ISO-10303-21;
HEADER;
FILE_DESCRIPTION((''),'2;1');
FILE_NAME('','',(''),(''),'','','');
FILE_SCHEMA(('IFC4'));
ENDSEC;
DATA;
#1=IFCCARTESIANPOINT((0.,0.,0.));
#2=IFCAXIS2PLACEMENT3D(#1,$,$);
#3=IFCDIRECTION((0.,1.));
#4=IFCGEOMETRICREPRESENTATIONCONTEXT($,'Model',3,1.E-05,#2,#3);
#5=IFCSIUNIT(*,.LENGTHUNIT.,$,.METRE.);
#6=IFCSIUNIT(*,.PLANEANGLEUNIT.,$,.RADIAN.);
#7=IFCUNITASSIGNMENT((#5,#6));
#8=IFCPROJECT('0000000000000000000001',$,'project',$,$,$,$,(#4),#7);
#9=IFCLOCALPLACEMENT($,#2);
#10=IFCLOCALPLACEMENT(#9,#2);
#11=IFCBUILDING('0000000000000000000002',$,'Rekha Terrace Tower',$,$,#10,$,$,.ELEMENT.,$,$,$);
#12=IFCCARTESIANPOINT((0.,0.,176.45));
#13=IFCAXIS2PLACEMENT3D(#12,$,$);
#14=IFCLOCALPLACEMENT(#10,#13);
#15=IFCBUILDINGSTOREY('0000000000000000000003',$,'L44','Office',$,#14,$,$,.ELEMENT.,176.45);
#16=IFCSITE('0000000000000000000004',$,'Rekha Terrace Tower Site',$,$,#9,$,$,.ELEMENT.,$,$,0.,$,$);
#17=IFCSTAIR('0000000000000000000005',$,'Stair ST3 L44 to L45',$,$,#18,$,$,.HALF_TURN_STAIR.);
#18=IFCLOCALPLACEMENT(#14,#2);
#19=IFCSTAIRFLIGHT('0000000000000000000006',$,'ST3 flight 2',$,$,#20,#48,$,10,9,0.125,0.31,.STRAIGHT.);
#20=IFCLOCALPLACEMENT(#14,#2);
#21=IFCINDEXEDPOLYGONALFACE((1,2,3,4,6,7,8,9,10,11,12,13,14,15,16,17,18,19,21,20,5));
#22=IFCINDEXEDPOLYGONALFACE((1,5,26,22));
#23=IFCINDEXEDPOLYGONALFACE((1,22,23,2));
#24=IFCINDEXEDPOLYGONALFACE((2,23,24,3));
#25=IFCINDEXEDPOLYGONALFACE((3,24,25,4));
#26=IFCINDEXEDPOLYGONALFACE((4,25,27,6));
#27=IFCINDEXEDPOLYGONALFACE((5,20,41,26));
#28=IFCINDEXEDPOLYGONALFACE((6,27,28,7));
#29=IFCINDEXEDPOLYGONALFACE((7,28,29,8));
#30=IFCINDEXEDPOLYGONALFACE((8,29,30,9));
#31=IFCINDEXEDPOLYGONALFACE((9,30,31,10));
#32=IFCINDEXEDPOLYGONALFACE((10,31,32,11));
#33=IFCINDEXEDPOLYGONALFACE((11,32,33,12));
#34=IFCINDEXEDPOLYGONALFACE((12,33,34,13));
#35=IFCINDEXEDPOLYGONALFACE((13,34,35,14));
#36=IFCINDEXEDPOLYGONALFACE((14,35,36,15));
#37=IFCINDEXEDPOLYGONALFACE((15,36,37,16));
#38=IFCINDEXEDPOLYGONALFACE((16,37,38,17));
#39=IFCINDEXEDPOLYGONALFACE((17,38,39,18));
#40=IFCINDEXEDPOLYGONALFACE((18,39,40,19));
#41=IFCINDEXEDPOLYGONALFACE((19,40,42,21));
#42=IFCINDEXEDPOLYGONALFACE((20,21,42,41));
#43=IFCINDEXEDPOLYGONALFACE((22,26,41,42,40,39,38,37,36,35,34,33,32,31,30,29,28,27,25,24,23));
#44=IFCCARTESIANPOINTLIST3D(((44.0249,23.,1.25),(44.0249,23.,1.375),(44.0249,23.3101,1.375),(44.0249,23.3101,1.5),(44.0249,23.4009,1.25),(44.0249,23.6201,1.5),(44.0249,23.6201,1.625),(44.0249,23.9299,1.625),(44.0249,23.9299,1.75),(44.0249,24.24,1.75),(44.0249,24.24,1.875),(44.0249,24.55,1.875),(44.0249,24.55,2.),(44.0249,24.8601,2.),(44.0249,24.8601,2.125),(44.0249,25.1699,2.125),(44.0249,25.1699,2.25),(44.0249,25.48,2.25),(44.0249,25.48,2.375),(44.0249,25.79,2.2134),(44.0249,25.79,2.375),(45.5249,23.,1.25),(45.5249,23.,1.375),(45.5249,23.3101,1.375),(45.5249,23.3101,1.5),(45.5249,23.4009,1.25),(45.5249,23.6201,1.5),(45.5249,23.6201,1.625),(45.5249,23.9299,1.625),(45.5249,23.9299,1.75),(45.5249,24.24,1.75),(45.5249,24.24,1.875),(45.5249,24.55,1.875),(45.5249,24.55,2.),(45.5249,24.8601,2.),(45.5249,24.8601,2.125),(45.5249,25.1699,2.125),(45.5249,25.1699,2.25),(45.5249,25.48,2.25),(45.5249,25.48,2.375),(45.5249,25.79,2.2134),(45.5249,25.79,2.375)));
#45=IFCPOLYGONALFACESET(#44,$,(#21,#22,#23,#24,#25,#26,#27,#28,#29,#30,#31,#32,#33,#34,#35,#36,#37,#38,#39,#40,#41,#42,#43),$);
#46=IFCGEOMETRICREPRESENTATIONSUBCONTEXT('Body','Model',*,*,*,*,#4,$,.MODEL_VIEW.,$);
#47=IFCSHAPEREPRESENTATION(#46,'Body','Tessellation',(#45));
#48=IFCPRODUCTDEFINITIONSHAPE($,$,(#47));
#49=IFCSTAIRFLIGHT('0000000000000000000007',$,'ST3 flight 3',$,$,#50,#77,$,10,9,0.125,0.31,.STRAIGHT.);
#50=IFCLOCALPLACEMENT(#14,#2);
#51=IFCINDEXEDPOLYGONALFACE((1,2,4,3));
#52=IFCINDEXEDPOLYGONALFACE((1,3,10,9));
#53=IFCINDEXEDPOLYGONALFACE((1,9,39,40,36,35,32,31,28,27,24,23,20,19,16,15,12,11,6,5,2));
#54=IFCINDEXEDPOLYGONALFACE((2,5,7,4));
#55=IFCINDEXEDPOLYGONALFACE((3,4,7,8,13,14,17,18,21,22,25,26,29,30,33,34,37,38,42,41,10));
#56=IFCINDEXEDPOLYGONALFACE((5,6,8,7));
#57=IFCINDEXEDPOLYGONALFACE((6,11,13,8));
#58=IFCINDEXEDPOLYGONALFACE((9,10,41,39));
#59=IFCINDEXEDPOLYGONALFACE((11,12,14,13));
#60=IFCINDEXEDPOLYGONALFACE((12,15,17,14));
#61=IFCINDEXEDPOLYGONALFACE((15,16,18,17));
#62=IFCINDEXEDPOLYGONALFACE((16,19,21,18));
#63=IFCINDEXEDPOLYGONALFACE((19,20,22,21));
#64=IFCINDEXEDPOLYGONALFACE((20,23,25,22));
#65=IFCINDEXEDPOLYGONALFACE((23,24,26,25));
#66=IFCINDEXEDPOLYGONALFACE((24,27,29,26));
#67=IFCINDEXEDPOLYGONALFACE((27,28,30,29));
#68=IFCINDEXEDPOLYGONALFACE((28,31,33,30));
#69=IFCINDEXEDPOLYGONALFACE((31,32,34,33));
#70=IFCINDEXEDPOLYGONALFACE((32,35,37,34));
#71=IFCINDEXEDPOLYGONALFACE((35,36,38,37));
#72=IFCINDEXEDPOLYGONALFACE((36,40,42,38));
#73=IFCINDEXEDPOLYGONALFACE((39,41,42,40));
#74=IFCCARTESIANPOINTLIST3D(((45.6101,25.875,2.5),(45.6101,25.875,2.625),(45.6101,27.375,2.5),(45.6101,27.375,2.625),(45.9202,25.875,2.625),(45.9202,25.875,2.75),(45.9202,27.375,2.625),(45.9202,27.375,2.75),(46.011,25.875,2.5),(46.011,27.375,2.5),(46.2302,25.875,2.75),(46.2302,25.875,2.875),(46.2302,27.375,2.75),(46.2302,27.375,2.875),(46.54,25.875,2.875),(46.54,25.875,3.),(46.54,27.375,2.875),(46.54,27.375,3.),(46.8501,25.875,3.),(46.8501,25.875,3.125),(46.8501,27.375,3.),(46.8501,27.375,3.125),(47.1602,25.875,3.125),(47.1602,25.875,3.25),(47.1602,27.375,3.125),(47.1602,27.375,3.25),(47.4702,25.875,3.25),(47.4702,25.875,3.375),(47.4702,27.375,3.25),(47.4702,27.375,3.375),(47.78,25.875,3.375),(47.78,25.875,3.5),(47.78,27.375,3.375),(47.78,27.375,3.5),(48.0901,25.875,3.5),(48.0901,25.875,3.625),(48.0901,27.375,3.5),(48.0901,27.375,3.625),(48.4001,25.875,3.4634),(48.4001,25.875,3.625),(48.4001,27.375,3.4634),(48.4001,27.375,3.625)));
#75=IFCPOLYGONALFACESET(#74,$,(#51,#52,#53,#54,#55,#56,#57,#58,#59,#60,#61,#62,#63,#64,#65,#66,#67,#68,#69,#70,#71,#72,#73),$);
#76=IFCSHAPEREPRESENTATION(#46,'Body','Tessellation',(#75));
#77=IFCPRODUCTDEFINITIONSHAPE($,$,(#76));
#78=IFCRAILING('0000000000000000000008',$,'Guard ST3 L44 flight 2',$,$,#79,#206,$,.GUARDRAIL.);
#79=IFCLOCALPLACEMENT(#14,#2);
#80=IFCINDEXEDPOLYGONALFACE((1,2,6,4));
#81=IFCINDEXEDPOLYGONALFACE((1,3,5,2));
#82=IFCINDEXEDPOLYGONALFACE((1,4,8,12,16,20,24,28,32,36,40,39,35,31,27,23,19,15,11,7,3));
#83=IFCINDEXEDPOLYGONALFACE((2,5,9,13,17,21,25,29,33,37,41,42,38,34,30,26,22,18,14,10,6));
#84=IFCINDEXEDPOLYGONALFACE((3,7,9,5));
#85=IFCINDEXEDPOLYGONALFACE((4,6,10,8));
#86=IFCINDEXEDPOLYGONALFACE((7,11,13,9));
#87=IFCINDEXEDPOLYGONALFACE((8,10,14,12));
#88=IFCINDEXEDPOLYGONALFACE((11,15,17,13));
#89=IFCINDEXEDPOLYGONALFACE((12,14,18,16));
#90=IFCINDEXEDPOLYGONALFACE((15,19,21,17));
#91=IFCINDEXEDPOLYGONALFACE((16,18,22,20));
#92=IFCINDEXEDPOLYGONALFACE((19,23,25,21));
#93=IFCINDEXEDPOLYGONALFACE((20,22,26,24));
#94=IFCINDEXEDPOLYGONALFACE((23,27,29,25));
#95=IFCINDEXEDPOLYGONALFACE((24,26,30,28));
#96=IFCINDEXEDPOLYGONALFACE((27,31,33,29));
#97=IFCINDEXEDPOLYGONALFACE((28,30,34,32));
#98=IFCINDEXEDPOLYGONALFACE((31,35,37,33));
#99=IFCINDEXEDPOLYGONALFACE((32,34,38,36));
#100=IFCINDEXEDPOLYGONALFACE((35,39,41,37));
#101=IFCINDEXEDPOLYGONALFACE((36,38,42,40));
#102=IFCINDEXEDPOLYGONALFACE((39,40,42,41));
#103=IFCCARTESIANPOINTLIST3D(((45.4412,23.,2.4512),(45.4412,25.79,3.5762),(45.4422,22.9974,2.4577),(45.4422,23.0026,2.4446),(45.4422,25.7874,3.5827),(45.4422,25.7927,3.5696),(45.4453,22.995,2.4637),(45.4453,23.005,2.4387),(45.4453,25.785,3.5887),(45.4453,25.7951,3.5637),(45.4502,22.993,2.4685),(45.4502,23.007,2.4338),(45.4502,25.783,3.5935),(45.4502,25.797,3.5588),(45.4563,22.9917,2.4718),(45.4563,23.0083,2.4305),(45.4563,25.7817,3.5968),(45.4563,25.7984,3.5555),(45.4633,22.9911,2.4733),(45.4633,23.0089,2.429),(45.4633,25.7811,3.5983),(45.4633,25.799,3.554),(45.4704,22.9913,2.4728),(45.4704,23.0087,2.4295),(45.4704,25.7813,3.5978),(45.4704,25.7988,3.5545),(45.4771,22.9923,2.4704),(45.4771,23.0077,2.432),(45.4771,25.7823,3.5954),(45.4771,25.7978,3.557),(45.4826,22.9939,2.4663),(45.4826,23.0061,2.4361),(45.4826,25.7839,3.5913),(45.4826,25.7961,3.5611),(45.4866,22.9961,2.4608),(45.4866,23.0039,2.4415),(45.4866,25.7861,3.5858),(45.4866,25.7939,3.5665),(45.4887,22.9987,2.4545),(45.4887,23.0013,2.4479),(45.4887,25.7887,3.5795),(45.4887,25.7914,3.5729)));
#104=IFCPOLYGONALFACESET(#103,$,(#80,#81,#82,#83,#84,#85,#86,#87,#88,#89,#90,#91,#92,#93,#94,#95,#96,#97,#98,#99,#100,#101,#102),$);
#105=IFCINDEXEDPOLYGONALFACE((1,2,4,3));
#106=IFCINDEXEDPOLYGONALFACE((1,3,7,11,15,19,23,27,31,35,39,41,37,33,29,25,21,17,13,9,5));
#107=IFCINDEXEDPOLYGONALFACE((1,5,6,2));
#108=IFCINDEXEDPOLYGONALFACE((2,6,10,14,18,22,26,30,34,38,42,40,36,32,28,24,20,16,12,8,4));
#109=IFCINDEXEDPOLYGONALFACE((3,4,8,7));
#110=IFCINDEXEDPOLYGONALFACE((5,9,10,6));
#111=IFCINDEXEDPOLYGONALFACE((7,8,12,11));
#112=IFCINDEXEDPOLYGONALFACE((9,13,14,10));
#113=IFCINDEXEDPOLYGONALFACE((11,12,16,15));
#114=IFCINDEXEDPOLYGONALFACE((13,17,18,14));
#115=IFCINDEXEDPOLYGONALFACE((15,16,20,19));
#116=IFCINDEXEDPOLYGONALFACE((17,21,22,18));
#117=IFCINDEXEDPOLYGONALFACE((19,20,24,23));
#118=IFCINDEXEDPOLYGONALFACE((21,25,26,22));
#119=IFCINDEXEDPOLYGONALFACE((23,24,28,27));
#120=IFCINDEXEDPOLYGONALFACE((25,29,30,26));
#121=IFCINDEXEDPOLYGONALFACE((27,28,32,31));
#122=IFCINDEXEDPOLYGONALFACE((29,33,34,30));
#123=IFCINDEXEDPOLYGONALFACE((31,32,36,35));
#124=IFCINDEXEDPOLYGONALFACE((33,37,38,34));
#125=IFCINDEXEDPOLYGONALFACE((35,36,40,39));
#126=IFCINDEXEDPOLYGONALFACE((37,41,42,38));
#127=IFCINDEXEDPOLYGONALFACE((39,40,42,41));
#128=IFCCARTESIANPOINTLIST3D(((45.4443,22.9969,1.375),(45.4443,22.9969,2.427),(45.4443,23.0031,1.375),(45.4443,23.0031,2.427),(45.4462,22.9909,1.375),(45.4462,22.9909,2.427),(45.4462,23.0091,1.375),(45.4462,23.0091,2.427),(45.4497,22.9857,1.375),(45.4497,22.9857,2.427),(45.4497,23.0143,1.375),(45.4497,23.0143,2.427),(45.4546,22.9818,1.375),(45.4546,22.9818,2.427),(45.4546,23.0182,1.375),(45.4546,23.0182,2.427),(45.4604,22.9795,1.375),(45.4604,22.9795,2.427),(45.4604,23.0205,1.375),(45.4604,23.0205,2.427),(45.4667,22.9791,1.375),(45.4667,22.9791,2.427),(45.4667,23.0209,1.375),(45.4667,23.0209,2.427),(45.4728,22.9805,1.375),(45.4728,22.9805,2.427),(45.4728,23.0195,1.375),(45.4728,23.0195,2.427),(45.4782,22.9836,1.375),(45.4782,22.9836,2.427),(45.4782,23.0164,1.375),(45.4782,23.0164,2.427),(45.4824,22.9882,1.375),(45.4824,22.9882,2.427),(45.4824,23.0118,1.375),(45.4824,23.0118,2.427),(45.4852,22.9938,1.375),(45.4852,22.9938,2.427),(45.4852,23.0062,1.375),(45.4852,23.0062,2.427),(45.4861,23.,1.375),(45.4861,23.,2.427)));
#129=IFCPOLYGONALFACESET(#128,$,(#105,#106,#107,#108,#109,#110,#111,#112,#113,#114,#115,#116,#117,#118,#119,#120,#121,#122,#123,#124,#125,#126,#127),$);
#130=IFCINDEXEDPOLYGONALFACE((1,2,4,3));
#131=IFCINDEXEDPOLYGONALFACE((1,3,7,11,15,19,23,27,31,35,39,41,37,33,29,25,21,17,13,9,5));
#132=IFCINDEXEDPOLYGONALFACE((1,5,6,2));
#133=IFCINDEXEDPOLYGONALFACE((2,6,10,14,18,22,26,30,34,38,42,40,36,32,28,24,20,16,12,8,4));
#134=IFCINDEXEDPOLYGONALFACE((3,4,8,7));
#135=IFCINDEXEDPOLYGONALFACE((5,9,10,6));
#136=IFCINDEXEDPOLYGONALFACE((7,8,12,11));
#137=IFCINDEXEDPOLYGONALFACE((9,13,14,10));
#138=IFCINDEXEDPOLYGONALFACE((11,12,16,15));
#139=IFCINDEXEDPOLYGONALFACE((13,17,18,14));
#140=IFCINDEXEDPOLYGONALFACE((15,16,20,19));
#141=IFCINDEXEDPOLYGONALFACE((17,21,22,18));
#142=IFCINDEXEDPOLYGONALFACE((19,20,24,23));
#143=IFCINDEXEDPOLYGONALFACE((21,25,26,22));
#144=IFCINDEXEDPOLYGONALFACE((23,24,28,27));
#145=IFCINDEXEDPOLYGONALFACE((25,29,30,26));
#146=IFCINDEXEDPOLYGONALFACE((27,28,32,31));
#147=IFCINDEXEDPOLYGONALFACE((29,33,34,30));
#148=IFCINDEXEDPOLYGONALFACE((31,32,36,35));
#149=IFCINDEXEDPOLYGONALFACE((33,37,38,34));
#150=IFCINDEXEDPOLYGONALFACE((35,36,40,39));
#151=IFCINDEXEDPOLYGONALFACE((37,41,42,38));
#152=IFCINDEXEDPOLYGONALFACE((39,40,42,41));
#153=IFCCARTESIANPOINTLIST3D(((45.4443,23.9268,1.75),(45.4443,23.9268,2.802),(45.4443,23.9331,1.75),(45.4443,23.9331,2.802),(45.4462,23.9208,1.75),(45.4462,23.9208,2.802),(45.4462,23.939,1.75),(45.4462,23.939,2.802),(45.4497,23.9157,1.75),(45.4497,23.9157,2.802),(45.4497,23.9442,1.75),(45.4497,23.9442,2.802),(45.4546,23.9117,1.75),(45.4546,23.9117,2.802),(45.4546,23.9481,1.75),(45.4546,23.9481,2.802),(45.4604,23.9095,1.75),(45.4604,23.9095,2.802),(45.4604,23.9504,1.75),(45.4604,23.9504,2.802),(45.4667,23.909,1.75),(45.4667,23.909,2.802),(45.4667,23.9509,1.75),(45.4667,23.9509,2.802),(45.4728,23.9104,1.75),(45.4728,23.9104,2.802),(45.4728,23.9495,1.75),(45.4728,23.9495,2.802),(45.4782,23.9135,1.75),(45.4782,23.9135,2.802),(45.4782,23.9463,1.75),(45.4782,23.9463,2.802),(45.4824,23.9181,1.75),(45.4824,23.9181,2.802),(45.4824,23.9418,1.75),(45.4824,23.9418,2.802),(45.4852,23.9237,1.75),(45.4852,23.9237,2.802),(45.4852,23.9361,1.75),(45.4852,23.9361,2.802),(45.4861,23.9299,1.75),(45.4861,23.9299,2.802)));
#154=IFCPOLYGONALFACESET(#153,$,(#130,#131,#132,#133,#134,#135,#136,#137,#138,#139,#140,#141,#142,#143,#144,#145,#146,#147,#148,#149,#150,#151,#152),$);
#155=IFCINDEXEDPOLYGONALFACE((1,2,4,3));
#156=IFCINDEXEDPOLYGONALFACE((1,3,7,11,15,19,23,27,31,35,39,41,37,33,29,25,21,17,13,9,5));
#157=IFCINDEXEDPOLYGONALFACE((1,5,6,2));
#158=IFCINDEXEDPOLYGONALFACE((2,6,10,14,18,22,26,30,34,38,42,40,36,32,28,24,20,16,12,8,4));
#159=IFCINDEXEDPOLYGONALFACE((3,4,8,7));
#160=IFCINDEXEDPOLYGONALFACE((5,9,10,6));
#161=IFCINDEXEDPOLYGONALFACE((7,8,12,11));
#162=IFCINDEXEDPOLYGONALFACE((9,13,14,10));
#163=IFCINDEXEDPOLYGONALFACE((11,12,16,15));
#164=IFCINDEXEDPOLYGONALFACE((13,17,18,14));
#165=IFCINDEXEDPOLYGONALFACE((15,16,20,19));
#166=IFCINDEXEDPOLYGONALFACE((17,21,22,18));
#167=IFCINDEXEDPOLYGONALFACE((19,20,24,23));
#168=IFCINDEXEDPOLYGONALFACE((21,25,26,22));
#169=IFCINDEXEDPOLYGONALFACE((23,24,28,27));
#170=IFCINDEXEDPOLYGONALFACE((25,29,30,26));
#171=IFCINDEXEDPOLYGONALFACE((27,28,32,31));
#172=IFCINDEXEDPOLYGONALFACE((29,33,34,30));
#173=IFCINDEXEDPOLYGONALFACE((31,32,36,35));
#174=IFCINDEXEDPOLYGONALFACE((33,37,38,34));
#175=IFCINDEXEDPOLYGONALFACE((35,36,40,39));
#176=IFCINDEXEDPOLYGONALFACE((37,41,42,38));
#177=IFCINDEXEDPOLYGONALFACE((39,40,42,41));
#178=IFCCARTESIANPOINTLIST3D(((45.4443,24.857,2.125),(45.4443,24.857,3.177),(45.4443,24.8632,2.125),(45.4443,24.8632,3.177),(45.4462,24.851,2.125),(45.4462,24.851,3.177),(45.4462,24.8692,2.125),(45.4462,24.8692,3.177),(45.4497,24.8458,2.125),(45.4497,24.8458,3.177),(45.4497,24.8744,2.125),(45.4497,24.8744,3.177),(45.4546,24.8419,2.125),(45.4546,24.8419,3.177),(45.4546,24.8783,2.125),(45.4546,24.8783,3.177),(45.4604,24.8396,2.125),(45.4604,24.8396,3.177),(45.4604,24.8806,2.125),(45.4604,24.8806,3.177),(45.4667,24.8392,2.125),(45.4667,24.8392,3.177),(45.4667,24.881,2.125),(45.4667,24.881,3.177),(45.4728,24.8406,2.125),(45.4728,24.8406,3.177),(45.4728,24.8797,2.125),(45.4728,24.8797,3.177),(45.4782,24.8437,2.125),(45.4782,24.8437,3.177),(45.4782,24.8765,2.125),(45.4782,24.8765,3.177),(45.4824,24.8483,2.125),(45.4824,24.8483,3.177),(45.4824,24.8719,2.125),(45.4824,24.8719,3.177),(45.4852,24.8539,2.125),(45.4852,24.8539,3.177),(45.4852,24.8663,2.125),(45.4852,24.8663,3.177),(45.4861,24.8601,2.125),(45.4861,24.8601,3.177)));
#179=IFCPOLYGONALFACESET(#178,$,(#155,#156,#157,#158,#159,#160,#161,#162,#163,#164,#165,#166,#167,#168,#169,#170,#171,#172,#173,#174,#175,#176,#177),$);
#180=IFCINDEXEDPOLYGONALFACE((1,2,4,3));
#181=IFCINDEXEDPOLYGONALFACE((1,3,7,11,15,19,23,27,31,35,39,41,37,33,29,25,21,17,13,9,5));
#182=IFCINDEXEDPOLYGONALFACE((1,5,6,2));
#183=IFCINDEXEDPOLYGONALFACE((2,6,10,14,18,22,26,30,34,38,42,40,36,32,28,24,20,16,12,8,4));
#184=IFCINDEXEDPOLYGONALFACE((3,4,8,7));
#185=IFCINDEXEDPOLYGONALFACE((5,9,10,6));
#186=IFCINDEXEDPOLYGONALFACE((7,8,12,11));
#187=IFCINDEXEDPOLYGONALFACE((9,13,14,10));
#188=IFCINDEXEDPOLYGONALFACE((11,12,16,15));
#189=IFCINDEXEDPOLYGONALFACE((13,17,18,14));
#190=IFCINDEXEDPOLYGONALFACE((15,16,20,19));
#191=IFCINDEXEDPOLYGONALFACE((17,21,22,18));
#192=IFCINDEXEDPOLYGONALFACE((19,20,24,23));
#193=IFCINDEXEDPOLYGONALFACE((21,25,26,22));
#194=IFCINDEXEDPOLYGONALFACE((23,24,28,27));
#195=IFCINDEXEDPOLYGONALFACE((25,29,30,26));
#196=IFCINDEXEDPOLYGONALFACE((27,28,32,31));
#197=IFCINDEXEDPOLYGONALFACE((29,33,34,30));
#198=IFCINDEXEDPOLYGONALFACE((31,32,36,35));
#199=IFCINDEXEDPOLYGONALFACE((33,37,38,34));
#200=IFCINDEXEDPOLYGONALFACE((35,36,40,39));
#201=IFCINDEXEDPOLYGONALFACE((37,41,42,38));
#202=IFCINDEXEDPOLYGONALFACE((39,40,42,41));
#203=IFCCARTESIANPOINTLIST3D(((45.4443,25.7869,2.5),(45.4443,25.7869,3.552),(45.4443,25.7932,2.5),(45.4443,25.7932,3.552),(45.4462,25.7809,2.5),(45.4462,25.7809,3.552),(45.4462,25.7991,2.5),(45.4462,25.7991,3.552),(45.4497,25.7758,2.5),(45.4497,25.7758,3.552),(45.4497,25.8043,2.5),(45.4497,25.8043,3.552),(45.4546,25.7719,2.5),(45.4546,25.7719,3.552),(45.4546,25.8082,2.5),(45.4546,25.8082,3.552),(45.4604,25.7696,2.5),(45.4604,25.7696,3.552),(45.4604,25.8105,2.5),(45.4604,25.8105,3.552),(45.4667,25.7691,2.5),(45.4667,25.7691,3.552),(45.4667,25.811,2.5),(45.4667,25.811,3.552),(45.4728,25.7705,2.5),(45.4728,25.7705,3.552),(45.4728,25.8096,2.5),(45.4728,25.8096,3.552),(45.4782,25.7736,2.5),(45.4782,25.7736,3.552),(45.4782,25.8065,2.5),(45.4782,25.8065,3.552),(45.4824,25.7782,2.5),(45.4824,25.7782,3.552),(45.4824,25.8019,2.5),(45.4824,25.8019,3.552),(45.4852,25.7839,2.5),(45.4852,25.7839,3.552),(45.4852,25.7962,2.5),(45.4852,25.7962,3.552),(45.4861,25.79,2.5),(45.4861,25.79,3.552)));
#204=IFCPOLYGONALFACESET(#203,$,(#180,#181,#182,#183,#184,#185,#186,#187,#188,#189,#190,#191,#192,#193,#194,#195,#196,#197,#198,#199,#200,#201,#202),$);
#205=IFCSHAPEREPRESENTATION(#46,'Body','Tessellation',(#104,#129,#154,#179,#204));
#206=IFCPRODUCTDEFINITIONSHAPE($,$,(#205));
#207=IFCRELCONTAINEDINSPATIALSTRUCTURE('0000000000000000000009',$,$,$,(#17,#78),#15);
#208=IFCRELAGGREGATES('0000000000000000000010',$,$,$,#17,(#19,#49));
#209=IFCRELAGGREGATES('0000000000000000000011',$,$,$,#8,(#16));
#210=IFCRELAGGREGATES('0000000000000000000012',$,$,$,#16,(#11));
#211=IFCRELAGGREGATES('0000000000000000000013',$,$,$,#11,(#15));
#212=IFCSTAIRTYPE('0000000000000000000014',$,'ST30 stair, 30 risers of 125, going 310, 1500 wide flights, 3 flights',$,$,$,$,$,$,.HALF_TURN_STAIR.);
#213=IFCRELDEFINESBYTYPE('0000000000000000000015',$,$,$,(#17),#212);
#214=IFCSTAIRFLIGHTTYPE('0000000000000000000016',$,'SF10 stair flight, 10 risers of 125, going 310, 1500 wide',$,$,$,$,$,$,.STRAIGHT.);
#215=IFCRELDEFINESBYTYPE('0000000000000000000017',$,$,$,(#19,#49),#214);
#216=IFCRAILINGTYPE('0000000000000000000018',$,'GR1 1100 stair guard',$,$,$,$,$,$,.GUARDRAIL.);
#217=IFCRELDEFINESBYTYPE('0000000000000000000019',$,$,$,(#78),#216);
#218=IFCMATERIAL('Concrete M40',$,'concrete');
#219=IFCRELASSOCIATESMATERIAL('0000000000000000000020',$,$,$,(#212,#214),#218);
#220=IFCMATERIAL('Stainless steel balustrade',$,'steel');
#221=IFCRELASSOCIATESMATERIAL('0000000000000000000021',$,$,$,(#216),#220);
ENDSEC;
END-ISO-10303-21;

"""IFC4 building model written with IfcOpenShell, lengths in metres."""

from ifc_helpers import new_model, si_unit, direction, frame, origin, origin_2d, place, context, subcontext, project, spatial, polyline, circle, outline, extrude, material, type_object, element, aggregate, save


model = new_model("IFC4")

# Units and contexts
model_context = context("Model", 3, precision=1e-05, world=origin(), true_north=direction((0.0, 1.0)))
body_context = subcontext(model_context, "Body", "Model", "MODEL_VIEW")
ifc_project = project(units=[si_unit("LENGTHUNIT", "METRE"), si_unit("PLANEANGLEUNIT", "RADIAN")], contexts=[model_context])

# Site, building, storey
site_placement = place(None, origin())
site = spatial("IfcSite", under=ifc_project, at=site_placement, Name="Rekha Terrace Tower Site", CompositionType="ELEMENT", RefElevation=0.0)
building_placement = place(site_placement, origin())
building = spatial("IfcBuilding", under=site, at=building_placement, Name="Rekha Terrace Tower", CompositionType="ELEMENT")
storey_placement = place(building_placement, frame((0.0, 0.0, 176.45)))
storey = spatial("IfcBuildingStorey", under=building, at=storey_placement, Name="L44", Description="Office", CompositionType="ELEMENT", Elevation=176.45)

# Stair, stair flights
ifc_material_1 = material(Name="Concrete M40", Category="concrete")
stair_type = type_object("IfcStairType", Name="ST30 stair, 30 risers of 125, going 310, 1500 wide flights, 3 flights", PredefinedType="HALF_TURN_STAIR", material=ifc_material_1)
stair_placement = place(storey_placement, origin())
stair = element("IfcStair", 1, at=stair_placement, inside=storey, type_object=stair_type, Name="Stair ST3 L44 to L45", PredefinedType="HALF_TURN_STAIR")
stair_flight_type = type_object("IfcStairFlightType", Name="SF10 stair flight, 10 risers of 125, going 310, 1500 wide", PredefinedType="STRAIGHT", material=ifc_material_1)
stair_flight_1_placement = place(storey_placement, frame((44.7749, 23.0, 1.25), z_axis=(0.0, 0.0, 1.0), x_axis=(0.0, 1.0, 0.0)))
stair_flight_1 = element("IfcStairFlight", 2, at=stair_flight_1_placement, type_object=stair_flight_type, Name="ST3 flight 2", NumberOfRisers=10, NumberOfTreads=9, PredefinedType="STRAIGHT", RiserHeight=0.125, TreadLength=0.31, context=body_context, shape_type="SweptSolid", body=[
    extrude(outline(polyline([(0.0, 0.0), (0.0, 0.125), (0.3101, 0.125), (0.3101, 0.25), (0.6201, 0.25), (0.6201, 0.375), (0.9299, 0.375), (0.9299, 0.5), (1.24, 0.5), (1.24, 0.625), (1.55, 0.625), (1.55, 0.75), (1.8601, 0.75), (1.8601, 0.875), (2.1699, 0.875), (2.1699, 1.0), (2.48, 1.0), (2.48, 1.125), (2.79, 1.125), (2.79, 1.25), (2.79, 0.9634), (0.4009, 0.0), (0.0, 0.0)])), frame((0.0, 0.75, 0.0), z_axis=(0.0, -1.0, 0.0), x_axis=(1.0, 0.0, 0.0)), (0.0, 0.0, 1.0), 1.5),
])
stair_flight_2_placement = place(storey_placement, frame((45.6101, 26.625, 2.5), z_axis=(0.0, 0.0, 1.0), x_axis=(1.0, 0.0, 0.0)))
stair_flight_2 = element("IfcStairFlight", 3, at=stair_flight_2_placement, type_object=stair_flight_type, Name="ST3 flight 3", NumberOfRisers=10, NumberOfTreads=9, PredefinedType="STRAIGHT", RiserHeight=0.125, TreadLength=0.31, context=body_context, shape_type="SweptSolid", body=[
    extrude(outline(polyline([(0.0, 0.0), (0.0, 0.125), (0.3101, 0.125), (0.3101, 0.25), (0.6201, 0.25), (0.6201, 0.375), (0.9299, 0.375), (0.9299, 0.5), (1.24, 0.5), (1.24, 0.625), (1.55, 0.625), (1.55, 0.75), (1.8601, 0.75), (1.8601, 0.875), (2.1699, 0.875), (2.1699, 1.0), (2.48, 1.0), (2.48, 1.125), (2.79, 1.125), (2.79, 1.25), (2.79, 0.9634), (0.4009, 0.0), (0.0, 0.0)])), frame((0.0, 0.75, 0.0), z_axis=(0.0, -1.0, 0.0), x_axis=(1.0, 0.0, 0.0)), (0.0, 0.0, 1.0), 1.5),
])
aggregate(stair, [stair_flight_1, stair_flight_2])

# Railing
ifc_material_2 = material(Name="Stainless steel balustrade", Category="steel")
railing_type_1 = type_object("IfcRailingType", Name="GR1 1100 stair guard", PredefinedType="GUARDRAIL", material=ifc_material_2)
railing_1_placement = place(storey_placement, frame((45.4651, 23.0, 1.375)))
element("IfcRailing", 4, at=railing_1_placement, inside=storey, type_object=railing_type_1, Name="Guard ST3 L44 flight 2", PredefinedType="GUARDRAIL", context=body_context, shape_type="SweptSolid", body=[
    extrude(circle(Radius=0.0239, at=origin_2d()), frame((0.0, 0.0, 1.0762), z_axis=(0.0, 0.927443, 0.373964), x_axis=(-1.0, 0.0, 0.0)), (0.0, 0.0, 1.0), 3.0083),
    extrude(circle(Radius=0.021, at=origin_2d()), origin(), (0.0, 0.0, 1.0), 1.052),
    extrude(circle(Radius=0.021, at=origin_2d()), frame((0.0, 0.9299, 0.375)), (0.0, 0.0, 1.0), 1.052),
    extrude(circle(Radius=0.021, at=origin_2d()), frame((0.0, 1.8601, 0.75)), (0.0, 0.0, 1.0), 1.052),
    extrude(circle(Radius=0.021, at=origin_2d()), frame((0.0, 2.79, 1.125)), (0.0, 0.0, 1.0), 1.052),
])

save(model, "model.ifc")
